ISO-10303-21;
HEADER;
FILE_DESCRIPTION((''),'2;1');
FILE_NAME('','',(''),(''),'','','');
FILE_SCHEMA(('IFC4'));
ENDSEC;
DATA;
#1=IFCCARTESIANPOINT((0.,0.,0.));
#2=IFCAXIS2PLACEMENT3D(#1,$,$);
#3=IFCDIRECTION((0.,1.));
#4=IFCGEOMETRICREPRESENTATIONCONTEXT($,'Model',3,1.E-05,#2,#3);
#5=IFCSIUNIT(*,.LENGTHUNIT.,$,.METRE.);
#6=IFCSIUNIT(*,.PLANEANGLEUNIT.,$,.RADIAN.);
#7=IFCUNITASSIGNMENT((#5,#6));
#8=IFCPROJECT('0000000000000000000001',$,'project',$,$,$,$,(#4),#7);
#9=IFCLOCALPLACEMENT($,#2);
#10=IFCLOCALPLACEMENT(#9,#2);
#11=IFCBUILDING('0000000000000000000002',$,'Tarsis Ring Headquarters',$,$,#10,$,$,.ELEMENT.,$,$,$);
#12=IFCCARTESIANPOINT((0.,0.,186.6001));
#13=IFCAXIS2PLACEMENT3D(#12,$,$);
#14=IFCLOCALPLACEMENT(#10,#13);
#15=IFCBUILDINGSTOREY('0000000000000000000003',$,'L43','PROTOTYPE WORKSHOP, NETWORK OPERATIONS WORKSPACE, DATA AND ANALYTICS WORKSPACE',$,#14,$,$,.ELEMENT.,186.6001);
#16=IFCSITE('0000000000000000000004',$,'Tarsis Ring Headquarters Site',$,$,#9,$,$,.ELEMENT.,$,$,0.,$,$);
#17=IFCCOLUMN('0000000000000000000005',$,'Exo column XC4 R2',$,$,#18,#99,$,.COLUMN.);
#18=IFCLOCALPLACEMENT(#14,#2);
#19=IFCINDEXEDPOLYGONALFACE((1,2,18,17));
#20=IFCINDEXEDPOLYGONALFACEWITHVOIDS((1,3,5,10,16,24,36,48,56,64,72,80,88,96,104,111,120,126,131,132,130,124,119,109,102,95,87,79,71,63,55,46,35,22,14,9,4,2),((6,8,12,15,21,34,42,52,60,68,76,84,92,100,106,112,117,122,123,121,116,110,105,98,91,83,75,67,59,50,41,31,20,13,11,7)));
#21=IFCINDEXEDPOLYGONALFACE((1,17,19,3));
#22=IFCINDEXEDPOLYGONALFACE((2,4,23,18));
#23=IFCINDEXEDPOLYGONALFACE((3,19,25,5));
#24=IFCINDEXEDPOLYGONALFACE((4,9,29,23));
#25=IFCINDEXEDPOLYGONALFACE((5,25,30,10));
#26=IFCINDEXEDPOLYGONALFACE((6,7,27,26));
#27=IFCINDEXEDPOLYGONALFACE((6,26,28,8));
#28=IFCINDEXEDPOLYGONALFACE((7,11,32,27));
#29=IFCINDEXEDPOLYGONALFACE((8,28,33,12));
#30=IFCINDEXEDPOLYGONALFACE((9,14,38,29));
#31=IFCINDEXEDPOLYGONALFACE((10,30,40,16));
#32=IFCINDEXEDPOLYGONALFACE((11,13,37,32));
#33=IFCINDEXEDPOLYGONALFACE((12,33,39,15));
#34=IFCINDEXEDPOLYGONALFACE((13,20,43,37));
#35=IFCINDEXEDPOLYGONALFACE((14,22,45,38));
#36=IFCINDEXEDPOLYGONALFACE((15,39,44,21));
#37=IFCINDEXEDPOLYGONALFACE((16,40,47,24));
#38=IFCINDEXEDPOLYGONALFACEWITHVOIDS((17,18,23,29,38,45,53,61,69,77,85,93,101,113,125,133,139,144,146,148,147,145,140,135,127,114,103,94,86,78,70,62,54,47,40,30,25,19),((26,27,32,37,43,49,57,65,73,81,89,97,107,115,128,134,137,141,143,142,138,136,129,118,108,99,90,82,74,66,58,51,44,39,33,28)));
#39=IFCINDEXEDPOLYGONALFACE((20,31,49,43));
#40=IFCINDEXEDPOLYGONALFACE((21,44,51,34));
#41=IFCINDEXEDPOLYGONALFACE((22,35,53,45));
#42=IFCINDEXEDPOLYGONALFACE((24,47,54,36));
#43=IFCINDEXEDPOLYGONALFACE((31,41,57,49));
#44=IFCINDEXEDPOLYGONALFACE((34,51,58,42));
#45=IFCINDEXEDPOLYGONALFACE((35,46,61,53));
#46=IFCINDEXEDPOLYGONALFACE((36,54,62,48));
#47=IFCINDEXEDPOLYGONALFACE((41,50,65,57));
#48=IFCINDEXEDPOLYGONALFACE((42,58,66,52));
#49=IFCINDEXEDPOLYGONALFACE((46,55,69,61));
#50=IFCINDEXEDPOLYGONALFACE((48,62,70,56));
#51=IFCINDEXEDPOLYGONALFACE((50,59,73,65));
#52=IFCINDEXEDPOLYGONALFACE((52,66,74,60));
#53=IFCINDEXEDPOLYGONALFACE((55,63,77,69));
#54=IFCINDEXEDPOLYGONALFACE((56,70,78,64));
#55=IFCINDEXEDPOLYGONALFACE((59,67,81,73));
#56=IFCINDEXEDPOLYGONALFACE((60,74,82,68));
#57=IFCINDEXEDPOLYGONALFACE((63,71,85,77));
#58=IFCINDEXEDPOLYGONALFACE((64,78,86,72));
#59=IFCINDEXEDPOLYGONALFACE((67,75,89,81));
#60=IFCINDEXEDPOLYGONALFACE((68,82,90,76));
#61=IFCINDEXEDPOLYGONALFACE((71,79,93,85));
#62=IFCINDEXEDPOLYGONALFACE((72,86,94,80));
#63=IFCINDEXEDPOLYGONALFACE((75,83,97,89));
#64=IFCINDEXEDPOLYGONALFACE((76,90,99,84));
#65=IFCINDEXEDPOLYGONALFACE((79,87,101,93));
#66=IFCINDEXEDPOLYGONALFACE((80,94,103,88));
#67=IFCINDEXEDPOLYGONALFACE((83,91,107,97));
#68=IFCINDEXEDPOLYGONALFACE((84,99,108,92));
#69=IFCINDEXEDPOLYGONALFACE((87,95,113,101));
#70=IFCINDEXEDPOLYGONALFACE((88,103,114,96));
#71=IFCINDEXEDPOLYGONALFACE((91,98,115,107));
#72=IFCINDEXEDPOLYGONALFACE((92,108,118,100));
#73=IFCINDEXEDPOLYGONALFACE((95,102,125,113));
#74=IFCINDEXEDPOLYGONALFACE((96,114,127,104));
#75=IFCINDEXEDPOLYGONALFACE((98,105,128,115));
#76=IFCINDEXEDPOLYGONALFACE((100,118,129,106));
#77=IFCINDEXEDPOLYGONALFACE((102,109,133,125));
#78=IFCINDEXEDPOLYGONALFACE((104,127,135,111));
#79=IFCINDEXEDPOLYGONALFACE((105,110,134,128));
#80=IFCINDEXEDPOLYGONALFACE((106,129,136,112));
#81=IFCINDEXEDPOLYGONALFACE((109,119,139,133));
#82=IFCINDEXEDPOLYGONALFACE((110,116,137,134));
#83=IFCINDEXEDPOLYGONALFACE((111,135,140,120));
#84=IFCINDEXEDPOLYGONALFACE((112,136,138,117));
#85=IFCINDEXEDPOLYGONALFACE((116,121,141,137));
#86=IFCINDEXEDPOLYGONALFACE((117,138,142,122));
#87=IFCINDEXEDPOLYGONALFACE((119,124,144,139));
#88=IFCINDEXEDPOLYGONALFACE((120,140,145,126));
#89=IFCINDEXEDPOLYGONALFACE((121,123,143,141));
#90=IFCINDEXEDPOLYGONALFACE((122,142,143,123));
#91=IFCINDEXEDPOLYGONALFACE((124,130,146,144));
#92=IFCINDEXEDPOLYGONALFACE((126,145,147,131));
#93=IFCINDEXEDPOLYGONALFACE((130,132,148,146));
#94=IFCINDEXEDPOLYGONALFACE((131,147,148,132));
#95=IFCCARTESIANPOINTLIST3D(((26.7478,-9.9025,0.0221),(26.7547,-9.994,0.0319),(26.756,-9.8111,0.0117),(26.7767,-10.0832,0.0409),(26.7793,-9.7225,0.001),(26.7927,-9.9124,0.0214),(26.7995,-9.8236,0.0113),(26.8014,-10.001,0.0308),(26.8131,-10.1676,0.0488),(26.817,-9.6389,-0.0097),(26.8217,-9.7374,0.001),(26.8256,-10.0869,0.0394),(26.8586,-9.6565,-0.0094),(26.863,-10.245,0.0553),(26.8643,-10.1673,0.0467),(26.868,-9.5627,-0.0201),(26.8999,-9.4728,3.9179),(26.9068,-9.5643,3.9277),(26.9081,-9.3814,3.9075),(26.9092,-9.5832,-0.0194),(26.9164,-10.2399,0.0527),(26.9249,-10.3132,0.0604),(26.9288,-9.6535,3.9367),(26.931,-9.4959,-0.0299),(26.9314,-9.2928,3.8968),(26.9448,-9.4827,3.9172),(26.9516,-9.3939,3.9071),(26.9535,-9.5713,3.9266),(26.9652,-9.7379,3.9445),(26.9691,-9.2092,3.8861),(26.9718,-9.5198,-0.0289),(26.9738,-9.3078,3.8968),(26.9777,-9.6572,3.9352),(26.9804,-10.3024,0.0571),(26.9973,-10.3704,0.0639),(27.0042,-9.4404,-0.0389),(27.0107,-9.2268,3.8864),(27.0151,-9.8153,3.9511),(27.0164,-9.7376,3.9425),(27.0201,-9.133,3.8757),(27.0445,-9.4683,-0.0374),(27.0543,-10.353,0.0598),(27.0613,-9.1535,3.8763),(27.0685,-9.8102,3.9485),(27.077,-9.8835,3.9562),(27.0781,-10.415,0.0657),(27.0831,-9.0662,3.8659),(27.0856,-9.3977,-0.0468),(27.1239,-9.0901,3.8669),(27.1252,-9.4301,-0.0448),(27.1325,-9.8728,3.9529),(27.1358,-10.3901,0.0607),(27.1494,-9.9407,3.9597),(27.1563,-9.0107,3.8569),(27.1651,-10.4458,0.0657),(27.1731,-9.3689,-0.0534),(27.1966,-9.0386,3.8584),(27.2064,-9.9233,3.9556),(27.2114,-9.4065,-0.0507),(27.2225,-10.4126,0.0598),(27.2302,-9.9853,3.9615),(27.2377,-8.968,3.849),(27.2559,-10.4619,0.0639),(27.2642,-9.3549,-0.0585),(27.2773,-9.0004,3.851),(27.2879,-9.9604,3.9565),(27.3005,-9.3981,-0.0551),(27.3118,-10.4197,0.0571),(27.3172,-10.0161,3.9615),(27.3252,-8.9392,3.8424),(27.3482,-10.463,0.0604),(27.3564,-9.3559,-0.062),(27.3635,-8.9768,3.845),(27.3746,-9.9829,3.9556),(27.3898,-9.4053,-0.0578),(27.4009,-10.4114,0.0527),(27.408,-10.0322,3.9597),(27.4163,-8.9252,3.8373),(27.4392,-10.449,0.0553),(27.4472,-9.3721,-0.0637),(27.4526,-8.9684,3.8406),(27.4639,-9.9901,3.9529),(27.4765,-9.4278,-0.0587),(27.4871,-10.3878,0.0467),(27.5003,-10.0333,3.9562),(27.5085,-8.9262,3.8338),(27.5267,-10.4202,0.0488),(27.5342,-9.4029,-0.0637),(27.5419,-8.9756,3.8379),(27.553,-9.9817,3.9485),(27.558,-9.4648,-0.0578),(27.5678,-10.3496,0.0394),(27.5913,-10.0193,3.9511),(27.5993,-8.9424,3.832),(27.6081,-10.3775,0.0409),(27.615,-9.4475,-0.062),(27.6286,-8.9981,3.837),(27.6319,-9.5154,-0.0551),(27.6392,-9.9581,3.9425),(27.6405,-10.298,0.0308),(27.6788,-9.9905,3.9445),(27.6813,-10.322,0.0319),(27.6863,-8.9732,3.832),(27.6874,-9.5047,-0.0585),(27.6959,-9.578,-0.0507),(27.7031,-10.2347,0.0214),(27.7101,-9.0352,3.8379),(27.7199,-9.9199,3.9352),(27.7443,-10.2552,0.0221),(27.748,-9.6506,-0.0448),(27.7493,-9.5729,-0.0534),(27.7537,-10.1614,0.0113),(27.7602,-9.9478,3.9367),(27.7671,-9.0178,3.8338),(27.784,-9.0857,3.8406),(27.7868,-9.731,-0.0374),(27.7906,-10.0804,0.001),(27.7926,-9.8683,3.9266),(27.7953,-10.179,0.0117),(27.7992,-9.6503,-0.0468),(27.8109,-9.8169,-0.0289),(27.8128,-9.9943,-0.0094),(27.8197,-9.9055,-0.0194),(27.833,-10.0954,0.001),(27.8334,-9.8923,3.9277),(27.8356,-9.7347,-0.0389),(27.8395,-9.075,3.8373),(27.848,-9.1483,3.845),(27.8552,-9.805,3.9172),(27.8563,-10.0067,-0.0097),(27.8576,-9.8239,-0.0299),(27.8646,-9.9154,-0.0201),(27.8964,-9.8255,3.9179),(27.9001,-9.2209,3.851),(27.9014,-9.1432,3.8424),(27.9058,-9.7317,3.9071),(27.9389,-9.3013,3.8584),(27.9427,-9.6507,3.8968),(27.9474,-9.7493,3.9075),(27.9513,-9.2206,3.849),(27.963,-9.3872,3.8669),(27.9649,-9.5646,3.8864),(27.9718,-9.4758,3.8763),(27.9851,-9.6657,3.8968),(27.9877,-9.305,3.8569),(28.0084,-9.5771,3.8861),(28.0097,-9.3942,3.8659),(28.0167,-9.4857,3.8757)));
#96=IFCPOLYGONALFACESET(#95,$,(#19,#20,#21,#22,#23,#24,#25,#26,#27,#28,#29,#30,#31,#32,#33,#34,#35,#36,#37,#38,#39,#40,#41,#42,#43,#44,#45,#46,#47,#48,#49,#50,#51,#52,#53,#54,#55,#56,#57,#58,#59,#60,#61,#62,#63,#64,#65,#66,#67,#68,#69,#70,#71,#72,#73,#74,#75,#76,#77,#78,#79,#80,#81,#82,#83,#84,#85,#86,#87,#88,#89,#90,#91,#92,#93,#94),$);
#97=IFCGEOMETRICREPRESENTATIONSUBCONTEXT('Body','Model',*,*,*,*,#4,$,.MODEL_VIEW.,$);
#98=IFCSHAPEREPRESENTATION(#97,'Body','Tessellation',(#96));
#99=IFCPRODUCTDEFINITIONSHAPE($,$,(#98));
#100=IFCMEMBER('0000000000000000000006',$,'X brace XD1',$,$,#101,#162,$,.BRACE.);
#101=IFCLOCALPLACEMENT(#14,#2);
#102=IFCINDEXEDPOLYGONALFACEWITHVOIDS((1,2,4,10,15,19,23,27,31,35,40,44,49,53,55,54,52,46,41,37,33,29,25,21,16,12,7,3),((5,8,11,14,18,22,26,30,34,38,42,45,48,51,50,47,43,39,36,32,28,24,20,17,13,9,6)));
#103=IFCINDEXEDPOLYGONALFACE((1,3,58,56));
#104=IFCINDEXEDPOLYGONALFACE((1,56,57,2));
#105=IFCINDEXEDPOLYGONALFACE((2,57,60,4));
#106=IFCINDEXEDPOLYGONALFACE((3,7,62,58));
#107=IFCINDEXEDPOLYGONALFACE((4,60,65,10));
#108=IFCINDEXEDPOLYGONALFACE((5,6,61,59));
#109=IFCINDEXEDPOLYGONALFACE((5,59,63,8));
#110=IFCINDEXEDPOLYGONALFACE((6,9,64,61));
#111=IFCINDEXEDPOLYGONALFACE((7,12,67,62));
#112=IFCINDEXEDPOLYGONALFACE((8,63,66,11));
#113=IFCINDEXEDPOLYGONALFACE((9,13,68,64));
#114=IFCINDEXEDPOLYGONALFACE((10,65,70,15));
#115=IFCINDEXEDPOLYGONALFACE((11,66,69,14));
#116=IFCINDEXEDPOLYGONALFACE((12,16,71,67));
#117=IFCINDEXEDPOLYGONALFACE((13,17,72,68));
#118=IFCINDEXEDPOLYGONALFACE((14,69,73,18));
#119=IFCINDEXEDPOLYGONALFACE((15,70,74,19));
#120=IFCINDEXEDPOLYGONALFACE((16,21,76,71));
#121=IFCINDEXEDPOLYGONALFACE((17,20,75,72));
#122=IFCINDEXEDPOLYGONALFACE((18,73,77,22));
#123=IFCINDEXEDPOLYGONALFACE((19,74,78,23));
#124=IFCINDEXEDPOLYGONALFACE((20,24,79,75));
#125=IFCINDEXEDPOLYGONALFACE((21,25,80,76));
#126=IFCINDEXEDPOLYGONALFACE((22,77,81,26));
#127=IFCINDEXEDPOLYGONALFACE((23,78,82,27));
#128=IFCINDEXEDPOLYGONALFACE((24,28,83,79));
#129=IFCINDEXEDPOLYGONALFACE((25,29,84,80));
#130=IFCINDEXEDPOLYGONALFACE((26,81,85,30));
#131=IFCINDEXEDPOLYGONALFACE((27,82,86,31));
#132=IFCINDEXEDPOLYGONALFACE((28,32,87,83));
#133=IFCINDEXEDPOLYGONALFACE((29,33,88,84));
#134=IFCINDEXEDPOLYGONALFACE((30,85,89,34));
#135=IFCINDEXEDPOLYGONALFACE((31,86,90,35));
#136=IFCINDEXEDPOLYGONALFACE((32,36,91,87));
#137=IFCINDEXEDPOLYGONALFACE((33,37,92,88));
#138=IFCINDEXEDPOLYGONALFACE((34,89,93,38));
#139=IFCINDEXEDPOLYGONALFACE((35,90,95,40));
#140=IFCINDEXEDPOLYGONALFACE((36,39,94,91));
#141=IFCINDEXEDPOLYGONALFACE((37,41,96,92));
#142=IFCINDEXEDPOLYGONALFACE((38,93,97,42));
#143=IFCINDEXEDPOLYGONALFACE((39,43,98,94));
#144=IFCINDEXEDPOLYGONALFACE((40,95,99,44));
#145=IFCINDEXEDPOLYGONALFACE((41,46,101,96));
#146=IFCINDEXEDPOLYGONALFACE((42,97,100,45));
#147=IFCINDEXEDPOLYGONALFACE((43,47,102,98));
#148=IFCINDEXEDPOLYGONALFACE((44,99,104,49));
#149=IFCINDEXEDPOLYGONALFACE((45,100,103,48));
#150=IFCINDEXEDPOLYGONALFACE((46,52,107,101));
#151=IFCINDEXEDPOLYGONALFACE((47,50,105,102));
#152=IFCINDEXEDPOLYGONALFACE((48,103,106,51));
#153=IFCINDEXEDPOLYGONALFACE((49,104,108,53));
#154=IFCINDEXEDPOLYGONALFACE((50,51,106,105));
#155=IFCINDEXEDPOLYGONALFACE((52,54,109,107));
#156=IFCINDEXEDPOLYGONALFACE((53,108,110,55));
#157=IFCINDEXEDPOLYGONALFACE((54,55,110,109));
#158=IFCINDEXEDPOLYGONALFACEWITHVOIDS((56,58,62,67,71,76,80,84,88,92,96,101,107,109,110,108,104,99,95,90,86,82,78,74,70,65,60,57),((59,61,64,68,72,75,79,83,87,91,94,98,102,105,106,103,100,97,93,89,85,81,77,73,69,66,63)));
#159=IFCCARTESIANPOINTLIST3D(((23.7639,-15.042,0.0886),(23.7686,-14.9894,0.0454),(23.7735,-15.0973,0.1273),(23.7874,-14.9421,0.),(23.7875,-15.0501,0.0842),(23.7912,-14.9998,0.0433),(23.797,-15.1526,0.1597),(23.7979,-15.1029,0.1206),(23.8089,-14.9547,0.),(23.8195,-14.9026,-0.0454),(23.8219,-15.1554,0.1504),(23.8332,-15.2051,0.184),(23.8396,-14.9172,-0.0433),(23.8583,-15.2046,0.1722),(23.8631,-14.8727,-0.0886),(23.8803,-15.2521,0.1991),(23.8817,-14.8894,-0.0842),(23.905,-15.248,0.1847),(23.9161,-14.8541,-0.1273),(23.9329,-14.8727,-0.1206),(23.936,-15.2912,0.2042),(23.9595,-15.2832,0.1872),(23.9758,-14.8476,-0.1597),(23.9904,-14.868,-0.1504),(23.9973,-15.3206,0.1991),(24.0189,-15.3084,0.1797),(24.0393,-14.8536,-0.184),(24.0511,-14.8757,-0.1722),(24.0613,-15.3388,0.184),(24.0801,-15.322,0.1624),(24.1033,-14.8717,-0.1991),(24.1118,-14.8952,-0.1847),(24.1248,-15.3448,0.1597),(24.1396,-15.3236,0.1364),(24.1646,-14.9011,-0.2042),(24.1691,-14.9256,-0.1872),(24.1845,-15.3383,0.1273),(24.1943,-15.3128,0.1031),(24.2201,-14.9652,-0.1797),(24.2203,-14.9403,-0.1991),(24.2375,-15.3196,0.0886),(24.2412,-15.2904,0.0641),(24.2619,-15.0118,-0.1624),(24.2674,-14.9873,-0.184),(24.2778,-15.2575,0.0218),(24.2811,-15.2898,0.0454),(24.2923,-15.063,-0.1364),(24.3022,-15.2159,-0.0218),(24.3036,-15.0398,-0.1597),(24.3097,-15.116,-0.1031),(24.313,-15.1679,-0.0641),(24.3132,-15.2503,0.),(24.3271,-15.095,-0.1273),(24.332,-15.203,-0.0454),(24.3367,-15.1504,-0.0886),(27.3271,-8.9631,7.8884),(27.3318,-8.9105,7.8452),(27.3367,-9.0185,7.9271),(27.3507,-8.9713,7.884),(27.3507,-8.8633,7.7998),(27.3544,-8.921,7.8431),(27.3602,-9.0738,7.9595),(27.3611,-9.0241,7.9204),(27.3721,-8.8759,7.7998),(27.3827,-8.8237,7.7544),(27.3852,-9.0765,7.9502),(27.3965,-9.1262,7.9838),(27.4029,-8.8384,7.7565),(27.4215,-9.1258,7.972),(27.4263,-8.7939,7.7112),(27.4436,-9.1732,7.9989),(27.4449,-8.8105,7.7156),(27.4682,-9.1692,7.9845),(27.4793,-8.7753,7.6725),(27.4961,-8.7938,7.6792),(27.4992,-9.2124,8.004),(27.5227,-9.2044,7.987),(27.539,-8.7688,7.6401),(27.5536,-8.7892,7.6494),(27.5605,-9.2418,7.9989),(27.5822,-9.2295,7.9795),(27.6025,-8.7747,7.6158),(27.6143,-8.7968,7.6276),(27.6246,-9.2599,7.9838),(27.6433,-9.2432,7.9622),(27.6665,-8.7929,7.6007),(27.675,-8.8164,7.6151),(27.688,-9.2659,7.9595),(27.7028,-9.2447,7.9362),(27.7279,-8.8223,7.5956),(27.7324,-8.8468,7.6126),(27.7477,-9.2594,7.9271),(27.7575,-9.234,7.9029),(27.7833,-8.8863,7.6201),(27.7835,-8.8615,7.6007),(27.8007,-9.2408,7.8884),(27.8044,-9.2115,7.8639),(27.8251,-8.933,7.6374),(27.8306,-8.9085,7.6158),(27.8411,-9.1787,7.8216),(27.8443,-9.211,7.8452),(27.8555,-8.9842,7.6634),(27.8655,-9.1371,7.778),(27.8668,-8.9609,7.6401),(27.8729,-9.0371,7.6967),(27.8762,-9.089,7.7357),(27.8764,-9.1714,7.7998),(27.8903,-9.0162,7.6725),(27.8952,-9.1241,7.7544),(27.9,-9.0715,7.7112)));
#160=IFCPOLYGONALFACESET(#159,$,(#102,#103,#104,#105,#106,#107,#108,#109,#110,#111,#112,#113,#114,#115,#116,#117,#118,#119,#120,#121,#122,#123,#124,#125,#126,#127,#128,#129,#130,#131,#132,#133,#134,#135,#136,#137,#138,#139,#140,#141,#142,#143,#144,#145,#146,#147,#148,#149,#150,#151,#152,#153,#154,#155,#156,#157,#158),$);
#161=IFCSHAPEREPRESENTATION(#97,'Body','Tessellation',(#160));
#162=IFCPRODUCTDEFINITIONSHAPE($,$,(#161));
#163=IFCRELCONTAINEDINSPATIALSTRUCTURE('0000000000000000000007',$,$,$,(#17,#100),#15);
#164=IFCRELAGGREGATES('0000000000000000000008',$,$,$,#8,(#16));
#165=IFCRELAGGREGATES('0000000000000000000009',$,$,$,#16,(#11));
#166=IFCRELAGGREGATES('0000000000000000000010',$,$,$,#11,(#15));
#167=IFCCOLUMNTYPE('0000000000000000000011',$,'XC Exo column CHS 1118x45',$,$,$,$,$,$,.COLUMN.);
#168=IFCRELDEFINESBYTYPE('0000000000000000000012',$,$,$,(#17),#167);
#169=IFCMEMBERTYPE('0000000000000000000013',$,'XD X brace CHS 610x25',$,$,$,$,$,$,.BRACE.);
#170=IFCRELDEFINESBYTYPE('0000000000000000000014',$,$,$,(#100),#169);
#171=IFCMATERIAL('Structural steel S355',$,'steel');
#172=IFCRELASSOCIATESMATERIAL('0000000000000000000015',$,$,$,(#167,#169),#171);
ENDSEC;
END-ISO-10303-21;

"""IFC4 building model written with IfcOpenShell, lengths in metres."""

from ifc_helpers import new_model, si_unit, direction, frame, origin, origin_2d, place, context, subcontext, project, spatial, hollow_circle, extrude, material, material_profile, profile_set, type_object, element, save


model = new_model("IFC4")

# Units and contexts
model_context = context("Model", 3, precision=1e-05, world=origin(), true_north=direction((0.0, 1.0)))
body_context = subcontext(model_context, "Body", "Model", "MODEL_VIEW")
ifc_project = project(units=[si_unit("LENGTHUNIT", "METRE"), si_unit("PLANEANGLEUNIT", "RADIAN")], contexts=[model_context])

# Site, building, storey
site_placement = place(None, origin())
site = spatial("IfcSite", under=ifc_project, at=site_placement, Name="Tarsis Ring Headquarters Site", CompositionType="ELEMENT", RefElevation=0.0)
building_placement = place(site_placement, origin())
building = spatial("IfcBuilding", under=site, at=building_placement, Name="Tarsis Ring Headquarters", CompositionType="ELEMENT")
storey_placement = place(building_placement, frame((0.0, 0.0, 186.6001)))
storey = spatial("IfcBuildingStorey", under=building, at=storey_placement, Name="L43", Description="PROTOTYPE WORKSHOP, NETWORK OPERATIONS WORKSPACE, DATA AND ANALYTICS WORKSPACE", CompositionType="ELEMENT", Elevation=186.6001)

# Column
ifc_material_1 = material(Name="Structural steel S355", Category="steel")
ifc_material_profile_1 = material_profile(ifc_material_1, hollow_circle(Radius=0.5588, WallThickness=0.0449, at=origin_2d()), Name="CHS 1118x45")
ifc_profile_set_1 = profile_set([ifc_material_profile_1], Name="Structural steel S355")
column_type = type_object("IfcColumnType", Name="XC Exo column CHS 1118x45", PredefinedType="COLUMN", material=ifc_profile_set_1)
column_placement = place(storey_placement, frame((27.3062, -9.9089, 0.001), z_axis=(0.038778, 0.109549, 0.993225), x_axis=(-0.942683, 0.333688, 0.0)))
element("IfcColumn", 1, at=column_placement, inside=storey, type_object=column_type, Name="Exo column XC4 R2", PredefinedType="COLUMN", context=body_context, shape_type="SweptSolid", body=[
    extrude(hollow_circle(Radius=0.5588, WallThickness=0.0449, at=origin_2d()), origin(), (0.0, 0.0, 1.0), 3.9224),
])

# Member
ifc_material_profile_2 = material_profile(ifc_material_1, hollow_circle(Radius=0.3047, WallThickness=0.0249, at=origin_2d()), Name="CHS 610x25")
ifc_profile_set_2 = profile_set([ifc_material_profile_2], Name="Structural steel S355")
member_type = type_object("IfcMemberType", Name="XD X brace CHS 610x25", PredefinedType="BRACE", material=ifc_profile_set_2)
member_1_placement = place(storey_placement, frame((24.0503, -15.0962, 0.0), z_axis=(0.338993, 0.57832, 0.742044), x_axis=(-0.862713, 0.505695, 0.0)))
element("IfcMember", 2, at=member_1_placement, inside=storey, type_object=member_type, Name="X brace XD1", PredefinedType="BRACE", context=body_context, shape_type="SweptSolid", body=[
    extrude(hollow_circle(Radius=0.3047, WallThickness=0.0249, at=origin_2d()), origin(), (0.0, 0.0, 1.0), 10.5112),
])

save(model, "model.ifc")
